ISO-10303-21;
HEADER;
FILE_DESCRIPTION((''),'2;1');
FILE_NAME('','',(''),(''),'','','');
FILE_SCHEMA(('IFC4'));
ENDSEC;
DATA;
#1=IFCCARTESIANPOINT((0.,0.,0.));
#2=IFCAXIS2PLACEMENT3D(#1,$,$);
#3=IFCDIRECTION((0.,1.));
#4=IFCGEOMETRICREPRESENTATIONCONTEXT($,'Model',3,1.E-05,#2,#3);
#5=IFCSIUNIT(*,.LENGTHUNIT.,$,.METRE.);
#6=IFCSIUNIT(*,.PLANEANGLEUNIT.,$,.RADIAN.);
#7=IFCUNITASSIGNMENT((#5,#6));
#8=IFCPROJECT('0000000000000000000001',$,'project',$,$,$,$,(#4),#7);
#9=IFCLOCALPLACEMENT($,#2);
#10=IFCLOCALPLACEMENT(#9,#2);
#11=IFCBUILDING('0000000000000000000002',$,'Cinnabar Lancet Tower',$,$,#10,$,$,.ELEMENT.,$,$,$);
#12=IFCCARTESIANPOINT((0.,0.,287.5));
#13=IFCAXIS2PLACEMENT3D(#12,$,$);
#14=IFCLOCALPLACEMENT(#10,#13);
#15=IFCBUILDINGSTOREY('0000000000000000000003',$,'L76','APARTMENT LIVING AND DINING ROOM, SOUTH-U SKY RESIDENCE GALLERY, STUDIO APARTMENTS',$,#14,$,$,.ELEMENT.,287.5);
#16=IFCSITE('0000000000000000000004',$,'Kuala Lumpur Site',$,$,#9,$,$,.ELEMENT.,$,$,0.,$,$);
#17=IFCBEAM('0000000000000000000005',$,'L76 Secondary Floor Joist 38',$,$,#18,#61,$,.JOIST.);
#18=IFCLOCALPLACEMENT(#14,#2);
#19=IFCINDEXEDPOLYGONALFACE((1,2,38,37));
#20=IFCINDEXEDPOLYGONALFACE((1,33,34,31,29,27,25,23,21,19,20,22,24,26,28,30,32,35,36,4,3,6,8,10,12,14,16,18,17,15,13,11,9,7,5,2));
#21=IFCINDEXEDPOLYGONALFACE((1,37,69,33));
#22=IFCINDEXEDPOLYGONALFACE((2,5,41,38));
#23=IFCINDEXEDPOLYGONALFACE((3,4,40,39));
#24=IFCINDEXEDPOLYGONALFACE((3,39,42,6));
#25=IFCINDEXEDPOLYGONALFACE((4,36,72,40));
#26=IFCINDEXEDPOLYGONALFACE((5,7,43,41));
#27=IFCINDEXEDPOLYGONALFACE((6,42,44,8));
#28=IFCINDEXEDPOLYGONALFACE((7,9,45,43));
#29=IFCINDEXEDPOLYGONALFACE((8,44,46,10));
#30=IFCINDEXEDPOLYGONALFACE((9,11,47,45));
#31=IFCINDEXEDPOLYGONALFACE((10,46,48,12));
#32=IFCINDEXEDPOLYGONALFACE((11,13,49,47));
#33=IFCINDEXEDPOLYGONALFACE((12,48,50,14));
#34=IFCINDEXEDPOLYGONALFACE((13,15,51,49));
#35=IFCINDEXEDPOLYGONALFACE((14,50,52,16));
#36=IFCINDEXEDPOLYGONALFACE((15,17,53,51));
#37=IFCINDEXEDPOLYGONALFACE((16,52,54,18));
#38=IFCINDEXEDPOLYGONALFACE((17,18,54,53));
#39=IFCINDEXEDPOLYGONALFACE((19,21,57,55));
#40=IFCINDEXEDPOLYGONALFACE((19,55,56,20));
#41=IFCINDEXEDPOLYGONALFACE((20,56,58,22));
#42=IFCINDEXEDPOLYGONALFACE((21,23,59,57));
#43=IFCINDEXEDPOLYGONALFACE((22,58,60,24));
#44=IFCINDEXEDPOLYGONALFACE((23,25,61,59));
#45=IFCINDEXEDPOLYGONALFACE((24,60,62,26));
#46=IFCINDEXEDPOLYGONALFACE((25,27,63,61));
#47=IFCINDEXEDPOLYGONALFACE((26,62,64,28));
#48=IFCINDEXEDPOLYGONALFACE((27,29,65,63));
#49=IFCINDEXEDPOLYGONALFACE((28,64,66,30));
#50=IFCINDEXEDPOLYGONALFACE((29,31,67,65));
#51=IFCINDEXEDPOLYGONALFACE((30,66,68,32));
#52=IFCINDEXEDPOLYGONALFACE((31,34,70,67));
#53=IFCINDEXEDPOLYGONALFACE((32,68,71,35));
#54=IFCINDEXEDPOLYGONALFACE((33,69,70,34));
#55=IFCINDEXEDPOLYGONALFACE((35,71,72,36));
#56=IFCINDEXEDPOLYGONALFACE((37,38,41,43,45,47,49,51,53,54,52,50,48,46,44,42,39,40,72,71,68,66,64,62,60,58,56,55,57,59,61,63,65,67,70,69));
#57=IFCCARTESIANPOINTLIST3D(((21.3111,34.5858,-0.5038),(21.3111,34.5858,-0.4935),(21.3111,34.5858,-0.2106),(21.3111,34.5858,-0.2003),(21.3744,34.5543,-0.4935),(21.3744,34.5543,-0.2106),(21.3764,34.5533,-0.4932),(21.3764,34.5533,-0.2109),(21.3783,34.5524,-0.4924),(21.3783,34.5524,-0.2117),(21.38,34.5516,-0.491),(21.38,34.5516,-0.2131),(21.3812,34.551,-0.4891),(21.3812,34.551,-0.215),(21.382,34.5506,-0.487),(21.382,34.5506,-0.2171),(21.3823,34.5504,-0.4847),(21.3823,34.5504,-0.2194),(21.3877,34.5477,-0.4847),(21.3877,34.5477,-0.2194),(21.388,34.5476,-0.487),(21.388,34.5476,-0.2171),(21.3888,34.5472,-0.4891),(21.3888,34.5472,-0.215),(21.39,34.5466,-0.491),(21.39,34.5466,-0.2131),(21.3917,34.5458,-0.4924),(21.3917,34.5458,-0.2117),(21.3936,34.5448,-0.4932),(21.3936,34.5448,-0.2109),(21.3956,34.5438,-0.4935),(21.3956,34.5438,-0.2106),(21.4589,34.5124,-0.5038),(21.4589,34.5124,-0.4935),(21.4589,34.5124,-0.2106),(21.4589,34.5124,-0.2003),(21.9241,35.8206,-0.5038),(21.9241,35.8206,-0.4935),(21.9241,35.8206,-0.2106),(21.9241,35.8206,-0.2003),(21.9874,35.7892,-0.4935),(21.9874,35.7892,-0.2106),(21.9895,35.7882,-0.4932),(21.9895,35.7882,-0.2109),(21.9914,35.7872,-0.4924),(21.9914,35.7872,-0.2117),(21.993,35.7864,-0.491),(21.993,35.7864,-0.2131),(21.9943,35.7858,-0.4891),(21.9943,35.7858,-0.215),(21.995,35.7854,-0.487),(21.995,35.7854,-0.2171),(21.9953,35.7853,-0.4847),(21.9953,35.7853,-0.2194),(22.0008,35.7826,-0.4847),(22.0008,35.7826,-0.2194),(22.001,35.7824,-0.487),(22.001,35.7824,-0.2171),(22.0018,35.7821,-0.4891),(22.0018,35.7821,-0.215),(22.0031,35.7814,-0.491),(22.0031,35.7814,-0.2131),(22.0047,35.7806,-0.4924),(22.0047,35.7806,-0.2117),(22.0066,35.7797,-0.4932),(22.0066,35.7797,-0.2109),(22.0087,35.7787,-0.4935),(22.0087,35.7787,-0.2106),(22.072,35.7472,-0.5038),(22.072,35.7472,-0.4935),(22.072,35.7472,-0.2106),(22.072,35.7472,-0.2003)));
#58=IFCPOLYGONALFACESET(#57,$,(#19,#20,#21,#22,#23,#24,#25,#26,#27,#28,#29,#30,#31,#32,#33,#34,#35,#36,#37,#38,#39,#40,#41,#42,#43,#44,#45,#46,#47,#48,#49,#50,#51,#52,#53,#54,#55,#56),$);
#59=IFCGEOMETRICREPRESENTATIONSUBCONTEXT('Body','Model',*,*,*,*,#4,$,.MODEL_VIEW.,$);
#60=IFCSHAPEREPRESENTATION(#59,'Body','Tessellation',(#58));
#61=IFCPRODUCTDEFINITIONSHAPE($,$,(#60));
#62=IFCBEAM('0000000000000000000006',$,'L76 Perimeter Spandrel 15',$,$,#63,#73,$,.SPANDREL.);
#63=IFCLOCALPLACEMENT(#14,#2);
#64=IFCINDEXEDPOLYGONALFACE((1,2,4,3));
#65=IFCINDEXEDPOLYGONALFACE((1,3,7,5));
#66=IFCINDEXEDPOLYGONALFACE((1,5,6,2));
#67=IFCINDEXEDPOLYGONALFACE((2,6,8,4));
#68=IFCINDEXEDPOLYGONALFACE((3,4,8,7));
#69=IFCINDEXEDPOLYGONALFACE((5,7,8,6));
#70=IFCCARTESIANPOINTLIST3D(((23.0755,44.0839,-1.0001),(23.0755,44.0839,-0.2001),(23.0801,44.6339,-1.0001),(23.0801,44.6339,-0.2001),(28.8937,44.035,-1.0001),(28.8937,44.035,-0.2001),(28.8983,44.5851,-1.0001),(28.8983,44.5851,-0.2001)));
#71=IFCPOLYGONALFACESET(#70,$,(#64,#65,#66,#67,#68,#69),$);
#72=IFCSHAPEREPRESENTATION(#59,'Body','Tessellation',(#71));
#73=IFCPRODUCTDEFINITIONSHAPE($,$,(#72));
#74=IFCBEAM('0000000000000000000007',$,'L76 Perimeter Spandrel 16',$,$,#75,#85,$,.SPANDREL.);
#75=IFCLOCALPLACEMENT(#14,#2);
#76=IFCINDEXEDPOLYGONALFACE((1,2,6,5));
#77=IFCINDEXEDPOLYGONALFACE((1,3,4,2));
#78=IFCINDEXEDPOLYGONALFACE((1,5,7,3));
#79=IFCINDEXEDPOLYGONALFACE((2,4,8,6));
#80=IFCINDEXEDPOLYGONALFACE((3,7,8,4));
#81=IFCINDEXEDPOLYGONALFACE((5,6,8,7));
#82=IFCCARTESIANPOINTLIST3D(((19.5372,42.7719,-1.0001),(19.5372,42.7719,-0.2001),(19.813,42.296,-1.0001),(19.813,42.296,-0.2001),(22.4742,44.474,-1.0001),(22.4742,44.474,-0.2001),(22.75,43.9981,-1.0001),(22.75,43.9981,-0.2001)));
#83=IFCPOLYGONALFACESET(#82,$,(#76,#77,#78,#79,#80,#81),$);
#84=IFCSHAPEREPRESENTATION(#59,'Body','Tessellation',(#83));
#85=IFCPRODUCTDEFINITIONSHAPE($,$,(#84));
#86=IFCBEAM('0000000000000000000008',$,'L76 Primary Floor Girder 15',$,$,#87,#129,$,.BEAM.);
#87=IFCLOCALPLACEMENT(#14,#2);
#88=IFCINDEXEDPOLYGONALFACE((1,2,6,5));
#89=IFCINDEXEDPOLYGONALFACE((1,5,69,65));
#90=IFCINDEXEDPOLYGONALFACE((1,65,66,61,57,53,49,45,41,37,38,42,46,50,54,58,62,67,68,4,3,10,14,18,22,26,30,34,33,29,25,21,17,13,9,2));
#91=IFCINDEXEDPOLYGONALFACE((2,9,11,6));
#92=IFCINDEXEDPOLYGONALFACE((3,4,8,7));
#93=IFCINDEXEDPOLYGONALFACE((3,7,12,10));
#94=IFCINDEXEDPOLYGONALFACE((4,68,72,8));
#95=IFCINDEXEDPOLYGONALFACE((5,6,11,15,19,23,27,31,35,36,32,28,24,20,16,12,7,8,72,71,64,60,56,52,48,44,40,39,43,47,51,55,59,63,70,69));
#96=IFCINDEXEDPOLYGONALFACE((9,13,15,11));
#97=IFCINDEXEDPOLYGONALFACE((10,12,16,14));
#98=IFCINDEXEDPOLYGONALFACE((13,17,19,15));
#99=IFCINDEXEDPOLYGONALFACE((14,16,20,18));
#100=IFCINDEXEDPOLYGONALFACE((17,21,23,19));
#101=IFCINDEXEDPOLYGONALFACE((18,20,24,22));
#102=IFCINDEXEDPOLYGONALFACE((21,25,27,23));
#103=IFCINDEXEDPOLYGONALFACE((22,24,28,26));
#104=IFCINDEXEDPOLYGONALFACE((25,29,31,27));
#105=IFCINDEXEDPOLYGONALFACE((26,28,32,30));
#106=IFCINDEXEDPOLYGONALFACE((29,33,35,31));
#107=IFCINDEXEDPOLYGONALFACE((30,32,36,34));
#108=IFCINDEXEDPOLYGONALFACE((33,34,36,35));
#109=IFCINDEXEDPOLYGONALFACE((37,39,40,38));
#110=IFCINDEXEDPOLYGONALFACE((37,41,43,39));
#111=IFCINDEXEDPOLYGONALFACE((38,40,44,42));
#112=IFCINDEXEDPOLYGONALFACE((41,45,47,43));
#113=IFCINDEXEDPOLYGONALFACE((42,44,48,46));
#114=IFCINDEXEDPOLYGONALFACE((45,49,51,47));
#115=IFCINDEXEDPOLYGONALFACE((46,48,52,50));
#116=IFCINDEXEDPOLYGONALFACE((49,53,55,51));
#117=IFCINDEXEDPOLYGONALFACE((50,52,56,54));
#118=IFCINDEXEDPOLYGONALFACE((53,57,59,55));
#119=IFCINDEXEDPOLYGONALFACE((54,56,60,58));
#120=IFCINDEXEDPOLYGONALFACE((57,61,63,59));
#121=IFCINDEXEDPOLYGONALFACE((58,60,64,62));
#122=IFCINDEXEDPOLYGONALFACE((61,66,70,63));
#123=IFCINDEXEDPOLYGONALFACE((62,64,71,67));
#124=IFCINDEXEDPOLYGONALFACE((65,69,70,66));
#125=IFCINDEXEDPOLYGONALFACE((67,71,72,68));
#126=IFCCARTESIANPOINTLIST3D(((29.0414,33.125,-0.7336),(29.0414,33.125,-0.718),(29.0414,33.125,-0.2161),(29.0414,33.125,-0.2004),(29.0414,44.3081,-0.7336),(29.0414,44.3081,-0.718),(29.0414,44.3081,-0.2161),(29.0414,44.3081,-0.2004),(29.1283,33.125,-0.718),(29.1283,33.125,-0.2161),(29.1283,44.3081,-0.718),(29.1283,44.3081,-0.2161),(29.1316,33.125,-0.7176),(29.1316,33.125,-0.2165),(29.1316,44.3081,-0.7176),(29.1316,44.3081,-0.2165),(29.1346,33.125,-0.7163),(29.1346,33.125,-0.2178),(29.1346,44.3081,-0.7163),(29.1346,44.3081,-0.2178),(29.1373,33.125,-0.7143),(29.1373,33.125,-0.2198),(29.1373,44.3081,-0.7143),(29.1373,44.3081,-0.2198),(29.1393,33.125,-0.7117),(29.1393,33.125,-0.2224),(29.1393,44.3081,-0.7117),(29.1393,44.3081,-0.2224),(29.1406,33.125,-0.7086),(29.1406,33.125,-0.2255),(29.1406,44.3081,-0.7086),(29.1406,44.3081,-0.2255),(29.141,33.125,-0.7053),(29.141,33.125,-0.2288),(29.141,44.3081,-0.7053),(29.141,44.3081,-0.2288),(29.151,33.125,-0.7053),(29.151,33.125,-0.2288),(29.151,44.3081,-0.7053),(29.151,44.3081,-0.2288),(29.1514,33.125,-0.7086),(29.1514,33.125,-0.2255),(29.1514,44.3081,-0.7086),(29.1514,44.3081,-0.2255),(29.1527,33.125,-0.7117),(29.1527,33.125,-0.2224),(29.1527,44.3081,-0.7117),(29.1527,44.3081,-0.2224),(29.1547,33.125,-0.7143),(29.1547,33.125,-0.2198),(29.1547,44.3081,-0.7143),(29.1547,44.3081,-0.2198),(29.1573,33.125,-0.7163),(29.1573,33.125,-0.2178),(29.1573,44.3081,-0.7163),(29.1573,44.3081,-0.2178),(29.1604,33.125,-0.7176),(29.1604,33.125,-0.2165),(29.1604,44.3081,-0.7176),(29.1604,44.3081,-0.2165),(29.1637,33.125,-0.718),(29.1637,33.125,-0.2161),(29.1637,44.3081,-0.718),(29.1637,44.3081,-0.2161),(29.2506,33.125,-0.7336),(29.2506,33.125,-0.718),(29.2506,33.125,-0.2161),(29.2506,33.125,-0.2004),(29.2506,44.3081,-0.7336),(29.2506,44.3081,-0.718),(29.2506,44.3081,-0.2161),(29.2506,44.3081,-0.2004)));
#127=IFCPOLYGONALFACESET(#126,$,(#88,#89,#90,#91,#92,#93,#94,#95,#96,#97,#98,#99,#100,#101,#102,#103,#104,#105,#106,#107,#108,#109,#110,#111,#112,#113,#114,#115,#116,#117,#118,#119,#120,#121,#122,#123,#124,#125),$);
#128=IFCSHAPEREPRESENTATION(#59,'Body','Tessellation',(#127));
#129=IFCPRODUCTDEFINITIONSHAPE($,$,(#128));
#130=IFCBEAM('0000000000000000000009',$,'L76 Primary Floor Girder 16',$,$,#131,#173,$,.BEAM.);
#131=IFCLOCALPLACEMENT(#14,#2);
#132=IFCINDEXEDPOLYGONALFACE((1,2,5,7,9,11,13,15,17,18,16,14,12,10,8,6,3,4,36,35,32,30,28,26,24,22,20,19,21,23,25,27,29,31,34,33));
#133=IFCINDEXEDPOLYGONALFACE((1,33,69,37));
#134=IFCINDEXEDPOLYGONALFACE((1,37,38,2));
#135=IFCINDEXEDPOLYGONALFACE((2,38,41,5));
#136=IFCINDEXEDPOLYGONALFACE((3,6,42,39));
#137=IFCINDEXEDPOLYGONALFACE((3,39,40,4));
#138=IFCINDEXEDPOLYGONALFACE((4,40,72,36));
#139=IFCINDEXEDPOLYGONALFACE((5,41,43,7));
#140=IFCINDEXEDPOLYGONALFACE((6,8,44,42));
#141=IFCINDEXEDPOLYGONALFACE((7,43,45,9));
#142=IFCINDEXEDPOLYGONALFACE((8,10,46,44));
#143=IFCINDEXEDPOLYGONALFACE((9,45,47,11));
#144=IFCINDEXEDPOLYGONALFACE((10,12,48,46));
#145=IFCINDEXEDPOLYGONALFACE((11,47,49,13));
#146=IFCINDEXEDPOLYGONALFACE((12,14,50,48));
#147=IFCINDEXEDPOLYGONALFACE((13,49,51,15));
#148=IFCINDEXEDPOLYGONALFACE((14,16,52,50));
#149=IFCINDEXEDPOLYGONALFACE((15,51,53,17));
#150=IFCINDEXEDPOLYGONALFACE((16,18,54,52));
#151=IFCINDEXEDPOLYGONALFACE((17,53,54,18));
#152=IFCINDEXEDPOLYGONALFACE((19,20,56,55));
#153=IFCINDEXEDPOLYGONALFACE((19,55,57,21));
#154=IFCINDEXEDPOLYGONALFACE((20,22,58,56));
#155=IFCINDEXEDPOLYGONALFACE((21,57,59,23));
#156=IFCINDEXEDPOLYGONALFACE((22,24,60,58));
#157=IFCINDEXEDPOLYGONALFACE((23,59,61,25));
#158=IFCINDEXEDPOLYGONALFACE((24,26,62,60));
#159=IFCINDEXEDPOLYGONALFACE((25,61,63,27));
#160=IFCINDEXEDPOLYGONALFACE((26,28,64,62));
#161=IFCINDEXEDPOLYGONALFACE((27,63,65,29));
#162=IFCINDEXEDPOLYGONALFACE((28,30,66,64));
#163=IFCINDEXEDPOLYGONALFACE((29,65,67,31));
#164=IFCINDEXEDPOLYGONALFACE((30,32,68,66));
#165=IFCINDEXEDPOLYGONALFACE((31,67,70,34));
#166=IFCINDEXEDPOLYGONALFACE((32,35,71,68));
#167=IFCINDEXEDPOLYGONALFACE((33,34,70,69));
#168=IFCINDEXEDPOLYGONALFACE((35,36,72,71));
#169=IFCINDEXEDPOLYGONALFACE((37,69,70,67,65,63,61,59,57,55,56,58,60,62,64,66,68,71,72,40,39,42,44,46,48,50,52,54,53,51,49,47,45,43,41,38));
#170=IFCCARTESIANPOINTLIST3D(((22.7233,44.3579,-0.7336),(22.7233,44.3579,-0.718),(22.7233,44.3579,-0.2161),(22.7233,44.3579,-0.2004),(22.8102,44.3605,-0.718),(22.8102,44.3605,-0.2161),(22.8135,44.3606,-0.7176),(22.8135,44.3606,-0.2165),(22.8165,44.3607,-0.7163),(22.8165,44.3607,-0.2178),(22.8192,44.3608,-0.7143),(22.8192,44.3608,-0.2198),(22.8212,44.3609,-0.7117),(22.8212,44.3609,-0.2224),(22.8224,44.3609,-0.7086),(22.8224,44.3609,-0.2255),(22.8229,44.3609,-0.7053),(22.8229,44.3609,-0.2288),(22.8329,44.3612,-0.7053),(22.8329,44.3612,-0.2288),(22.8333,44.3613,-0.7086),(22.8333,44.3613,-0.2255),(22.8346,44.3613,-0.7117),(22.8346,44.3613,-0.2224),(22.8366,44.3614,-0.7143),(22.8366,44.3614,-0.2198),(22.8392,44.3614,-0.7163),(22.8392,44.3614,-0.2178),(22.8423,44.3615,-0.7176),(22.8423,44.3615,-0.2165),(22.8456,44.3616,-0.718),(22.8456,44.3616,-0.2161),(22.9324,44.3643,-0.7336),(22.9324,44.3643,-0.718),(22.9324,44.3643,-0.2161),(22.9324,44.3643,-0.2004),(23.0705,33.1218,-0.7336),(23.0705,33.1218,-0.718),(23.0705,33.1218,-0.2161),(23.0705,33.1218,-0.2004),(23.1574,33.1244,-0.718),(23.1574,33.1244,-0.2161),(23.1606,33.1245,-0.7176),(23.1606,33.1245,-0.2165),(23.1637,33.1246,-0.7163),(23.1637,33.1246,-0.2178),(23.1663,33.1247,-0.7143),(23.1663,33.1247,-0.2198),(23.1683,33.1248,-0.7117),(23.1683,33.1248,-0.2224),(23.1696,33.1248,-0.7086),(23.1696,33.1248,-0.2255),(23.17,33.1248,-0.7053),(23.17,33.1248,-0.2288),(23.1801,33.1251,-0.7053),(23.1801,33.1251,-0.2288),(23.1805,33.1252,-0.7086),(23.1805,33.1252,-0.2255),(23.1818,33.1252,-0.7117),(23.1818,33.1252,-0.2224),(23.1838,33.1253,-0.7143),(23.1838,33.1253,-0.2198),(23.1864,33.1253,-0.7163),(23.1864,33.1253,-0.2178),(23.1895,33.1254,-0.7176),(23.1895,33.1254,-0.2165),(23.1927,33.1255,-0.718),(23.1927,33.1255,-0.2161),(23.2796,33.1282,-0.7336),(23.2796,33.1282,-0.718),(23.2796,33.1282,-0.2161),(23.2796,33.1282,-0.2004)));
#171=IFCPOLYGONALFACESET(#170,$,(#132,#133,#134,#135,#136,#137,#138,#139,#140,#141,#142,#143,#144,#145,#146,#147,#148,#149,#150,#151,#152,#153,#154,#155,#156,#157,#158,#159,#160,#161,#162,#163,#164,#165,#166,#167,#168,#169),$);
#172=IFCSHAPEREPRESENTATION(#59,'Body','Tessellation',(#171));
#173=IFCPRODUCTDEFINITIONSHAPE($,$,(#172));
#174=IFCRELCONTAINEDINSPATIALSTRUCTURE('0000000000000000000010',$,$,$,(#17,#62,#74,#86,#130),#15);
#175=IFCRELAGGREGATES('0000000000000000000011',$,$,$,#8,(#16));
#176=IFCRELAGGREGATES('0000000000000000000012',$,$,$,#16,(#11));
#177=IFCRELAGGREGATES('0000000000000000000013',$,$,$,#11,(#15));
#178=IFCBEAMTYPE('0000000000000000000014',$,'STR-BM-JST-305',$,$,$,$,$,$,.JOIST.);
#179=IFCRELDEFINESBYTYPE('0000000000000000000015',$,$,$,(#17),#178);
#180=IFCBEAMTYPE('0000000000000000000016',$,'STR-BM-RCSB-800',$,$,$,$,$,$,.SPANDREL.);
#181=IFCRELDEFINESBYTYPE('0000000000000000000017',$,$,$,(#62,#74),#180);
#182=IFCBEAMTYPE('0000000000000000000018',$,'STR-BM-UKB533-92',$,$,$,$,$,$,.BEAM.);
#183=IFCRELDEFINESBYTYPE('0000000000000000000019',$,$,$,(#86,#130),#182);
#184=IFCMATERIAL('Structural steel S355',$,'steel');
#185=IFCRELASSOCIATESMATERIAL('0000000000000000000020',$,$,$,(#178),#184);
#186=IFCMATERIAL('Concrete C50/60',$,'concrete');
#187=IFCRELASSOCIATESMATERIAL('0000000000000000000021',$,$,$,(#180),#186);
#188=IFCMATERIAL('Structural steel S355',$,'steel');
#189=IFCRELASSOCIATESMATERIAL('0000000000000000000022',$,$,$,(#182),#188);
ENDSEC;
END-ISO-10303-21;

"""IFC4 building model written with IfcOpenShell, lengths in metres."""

from ifc_helpers import new_model, si_unit, direction, frame, origin, origin_2d, place, context, subcontext, project, spatial, rectangle, i_section, extrude, material, material_profile, profile_set, type_object, element, save


model = new_model("IFC4")

# Units and contexts
model_context = context("Model", 3, precision=1e-05, world=origin(), true_north=direction((0.0, 1.0)))
body_context = subcontext(model_context, "Body", "Model", "MODEL_VIEW")
ifc_project = project(units=[si_unit("LENGTHUNIT", "METRE"), si_unit("PLANEANGLEUNIT", "RADIAN")], contexts=[model_context])

# Site, building, storey
site_placement = place(None, origin())
site = spatial("IfcSite", under=ifc_project, at=site_placement, Name="Kuala Lumpur Site", CompositionType="ELEMENT", RefElevation=0.0)
building_placement = place(site_placement, origin())
building = spatial("IfcBuilding", under=site, at=building_placement, Name="Cinnabar Lancet Tower", CompositionType="ELEMENT")
storey_placement = place(building_placement, frame((0.0, 0.0, 287.5)))
storey = spatial("IfcBuildingStorey", under=building, at=storey_placement, Name="L76", Description="APARTMENT LIVING AND DINING ROOM, SOUTH-U SKY RESIDENCE GALLERY, STUDIO APARTMENTS", CompositionType="ELEMENT", Elevation=287.5)

# Beams
ifc_material_1 = material(Name="Structural steel S355", Category="steel")
ifc_material_profile_1 = material_profile(ifc_material_1, i_section(OverallWidth=0.165, OverallDepth=0.3035, WebThickness=0.0061, FlangeThickness=0.0103, FilletRadius=0.0088, at=origin_2d()), Name="UKB 305x165x40")
ifc_profile_set_1 = profile_set([ifc_material_profile_1], Name="Structural steel S355")
beam_type_1 = type_object("IfcBeamType", Name="STR-BM-JST-305", PredefinedType="JOIST", material=ifc_profile_set_1)
beam_1_placement = place(storey_placement, frame((21.998, 35.7839, -0.3521), z_axis=(-0.444662, -0.895699, 0.0), x_axis=(0.895699, -0.444662, 0.0)))
element("IfcBeam", 1, at=beam_1_placement, inside=storey, type_object=beam_type_1, Name="L76 Secondary Floor Joist 38", PredefinedType="JOIST", context=body_context, shape_type="SweptSolid", body=[
    extrude(i_section(OverallWidth=0.165, OverallDepth=0.3035, WebThickness=0.0061, FlangeThickness=0.0103, FilletRadius=0.0088, at=origin_2d()), origin(), (0.0, 0.0, 1.0), 1.3787),
])
ifc_material_2 = material(Name="Concrete C50/60", Category="concrete")
ifc_material_profile_2 = material_profile(ifc_material_2, rectangle(XDim=0.55, YDim=0.8, at=origin_2d()), Name="RC-SB 550x800")
ifc_profile_set_2 = profile_set([ifc_material_profile_2], Name="Concrete C50/60")
beam_type_2 = type_object("IfcBeamType", Name="STR-BM-RCSB-800", PredefinedType="SPANDREL", material=ifc_profile_set_2)
beam_2_placement = place(storey_placement, frame((28.896, 44.3101, -0.6001), z_axis=(-0.999965, 0.008392, 0.0), x_axis=(-0.008392, -0.999965, 0.0)))
element("IfcBeam", 2, at=beam_2_placement, inside=storey, type_object=beam_type_2, Name="L76 Perimeter Spandrel 15", PredefinedType="SPANDREL", context=body_context, shape_type="SweptSolid", body=[
    extrude(rectangle(XDim=0.55, YDim=0.8, at=origin_2d()), origin(), (0.0, 0.0, 1.0), 5.8184),
])
beam_3_placement = place(storey_placement, frame((22.6121, 44.2361, -0.6001), z_axis=(-0.8652, -0.501427, 0.0), x_axis=(0.501427, -0.8652, 0.0)))
element("IfcBeam", 3, at=beam_3_placement, inside=storey, type_object=beam_type_2, Name="L76 Perimeter Spandrel 16", PredefinedType="SPANDREL", context=body_context, shape_type="SweptSolid", body=[
    extrude(rectangle(XDim=0.55, YDim=0.8, at=origin_2d()), origin(), (0.0, 0.0, 1.0), 3.3945),
])
ifc_material_3 = material(Name="Structural steel S355", Category="steel")
ifc_material_profile_3 = material_profile(ifc_material_3, i_section(OverallWidth=0.2092, OverallDepth=0.5332, WebThickness=0.01, FlangeThickness=0.0156, FilletRadius=0.0127, at=origin_2d()), Name="UKB 533x210x92")
ifc_profile_set_3 = profile_set([ifc_material_profile_3], Name="Structural steel S355")
beam_type_3 = type_object("IfcBeamType", Name="STR-BM-UKB533-92", PredefinedType="BEAM", material=ifc_profile_set_3)
beam_4_placement = place(storey_placement, frame((29.146, 44.3081, -0.467), z_axis=(0.0, -1.0, 0.0), x_axis=(1.0, 0.0, 0.0)))
element("IfcBeam", 4, at=beam_4_placement, inside=storey, type_object=beam_type_3, Name="L76 Primary Floor Girder 15", PredefinedType="BEAM", context=body_context, shape_type="SweptSolid", body=[
    extrude(i_section(OverallWidth=0.2092, OverallDepth=0.5332, WebThickness=0.01, FlangeThickness=0.0156, FilletRadius=0.0127, at=origin_2d()), origin(), (0.0, 0.0, 1.0), 11.1831),
])
beam_5_placement = place(storey_placement, frame((22.8279, 44.3611, -0.467), z_axis=(0.030883, -0.999523, 0.0), x_axis=(0.999523, 0.030883, 0.0)))
element("IfcBeam", 5, at=beam_5_placement, inside=storey, type_object=beam_type_3, Name="L76 Primary Floor Girder 16", PredefinedType="BEAM", context=body_context, shape_type="SweptSolid", body=[
    extrude(i_section(OverallWidth=0.2092, OverallDepth=0.5332, WebThickness=0.01, FlangeThickness=0.0156, FilletRadius=0.0127, at=origin_2d()), origin(), (0.0, 0.0, 1.0), 11.2415),
])

save(model, "model.ifc")
